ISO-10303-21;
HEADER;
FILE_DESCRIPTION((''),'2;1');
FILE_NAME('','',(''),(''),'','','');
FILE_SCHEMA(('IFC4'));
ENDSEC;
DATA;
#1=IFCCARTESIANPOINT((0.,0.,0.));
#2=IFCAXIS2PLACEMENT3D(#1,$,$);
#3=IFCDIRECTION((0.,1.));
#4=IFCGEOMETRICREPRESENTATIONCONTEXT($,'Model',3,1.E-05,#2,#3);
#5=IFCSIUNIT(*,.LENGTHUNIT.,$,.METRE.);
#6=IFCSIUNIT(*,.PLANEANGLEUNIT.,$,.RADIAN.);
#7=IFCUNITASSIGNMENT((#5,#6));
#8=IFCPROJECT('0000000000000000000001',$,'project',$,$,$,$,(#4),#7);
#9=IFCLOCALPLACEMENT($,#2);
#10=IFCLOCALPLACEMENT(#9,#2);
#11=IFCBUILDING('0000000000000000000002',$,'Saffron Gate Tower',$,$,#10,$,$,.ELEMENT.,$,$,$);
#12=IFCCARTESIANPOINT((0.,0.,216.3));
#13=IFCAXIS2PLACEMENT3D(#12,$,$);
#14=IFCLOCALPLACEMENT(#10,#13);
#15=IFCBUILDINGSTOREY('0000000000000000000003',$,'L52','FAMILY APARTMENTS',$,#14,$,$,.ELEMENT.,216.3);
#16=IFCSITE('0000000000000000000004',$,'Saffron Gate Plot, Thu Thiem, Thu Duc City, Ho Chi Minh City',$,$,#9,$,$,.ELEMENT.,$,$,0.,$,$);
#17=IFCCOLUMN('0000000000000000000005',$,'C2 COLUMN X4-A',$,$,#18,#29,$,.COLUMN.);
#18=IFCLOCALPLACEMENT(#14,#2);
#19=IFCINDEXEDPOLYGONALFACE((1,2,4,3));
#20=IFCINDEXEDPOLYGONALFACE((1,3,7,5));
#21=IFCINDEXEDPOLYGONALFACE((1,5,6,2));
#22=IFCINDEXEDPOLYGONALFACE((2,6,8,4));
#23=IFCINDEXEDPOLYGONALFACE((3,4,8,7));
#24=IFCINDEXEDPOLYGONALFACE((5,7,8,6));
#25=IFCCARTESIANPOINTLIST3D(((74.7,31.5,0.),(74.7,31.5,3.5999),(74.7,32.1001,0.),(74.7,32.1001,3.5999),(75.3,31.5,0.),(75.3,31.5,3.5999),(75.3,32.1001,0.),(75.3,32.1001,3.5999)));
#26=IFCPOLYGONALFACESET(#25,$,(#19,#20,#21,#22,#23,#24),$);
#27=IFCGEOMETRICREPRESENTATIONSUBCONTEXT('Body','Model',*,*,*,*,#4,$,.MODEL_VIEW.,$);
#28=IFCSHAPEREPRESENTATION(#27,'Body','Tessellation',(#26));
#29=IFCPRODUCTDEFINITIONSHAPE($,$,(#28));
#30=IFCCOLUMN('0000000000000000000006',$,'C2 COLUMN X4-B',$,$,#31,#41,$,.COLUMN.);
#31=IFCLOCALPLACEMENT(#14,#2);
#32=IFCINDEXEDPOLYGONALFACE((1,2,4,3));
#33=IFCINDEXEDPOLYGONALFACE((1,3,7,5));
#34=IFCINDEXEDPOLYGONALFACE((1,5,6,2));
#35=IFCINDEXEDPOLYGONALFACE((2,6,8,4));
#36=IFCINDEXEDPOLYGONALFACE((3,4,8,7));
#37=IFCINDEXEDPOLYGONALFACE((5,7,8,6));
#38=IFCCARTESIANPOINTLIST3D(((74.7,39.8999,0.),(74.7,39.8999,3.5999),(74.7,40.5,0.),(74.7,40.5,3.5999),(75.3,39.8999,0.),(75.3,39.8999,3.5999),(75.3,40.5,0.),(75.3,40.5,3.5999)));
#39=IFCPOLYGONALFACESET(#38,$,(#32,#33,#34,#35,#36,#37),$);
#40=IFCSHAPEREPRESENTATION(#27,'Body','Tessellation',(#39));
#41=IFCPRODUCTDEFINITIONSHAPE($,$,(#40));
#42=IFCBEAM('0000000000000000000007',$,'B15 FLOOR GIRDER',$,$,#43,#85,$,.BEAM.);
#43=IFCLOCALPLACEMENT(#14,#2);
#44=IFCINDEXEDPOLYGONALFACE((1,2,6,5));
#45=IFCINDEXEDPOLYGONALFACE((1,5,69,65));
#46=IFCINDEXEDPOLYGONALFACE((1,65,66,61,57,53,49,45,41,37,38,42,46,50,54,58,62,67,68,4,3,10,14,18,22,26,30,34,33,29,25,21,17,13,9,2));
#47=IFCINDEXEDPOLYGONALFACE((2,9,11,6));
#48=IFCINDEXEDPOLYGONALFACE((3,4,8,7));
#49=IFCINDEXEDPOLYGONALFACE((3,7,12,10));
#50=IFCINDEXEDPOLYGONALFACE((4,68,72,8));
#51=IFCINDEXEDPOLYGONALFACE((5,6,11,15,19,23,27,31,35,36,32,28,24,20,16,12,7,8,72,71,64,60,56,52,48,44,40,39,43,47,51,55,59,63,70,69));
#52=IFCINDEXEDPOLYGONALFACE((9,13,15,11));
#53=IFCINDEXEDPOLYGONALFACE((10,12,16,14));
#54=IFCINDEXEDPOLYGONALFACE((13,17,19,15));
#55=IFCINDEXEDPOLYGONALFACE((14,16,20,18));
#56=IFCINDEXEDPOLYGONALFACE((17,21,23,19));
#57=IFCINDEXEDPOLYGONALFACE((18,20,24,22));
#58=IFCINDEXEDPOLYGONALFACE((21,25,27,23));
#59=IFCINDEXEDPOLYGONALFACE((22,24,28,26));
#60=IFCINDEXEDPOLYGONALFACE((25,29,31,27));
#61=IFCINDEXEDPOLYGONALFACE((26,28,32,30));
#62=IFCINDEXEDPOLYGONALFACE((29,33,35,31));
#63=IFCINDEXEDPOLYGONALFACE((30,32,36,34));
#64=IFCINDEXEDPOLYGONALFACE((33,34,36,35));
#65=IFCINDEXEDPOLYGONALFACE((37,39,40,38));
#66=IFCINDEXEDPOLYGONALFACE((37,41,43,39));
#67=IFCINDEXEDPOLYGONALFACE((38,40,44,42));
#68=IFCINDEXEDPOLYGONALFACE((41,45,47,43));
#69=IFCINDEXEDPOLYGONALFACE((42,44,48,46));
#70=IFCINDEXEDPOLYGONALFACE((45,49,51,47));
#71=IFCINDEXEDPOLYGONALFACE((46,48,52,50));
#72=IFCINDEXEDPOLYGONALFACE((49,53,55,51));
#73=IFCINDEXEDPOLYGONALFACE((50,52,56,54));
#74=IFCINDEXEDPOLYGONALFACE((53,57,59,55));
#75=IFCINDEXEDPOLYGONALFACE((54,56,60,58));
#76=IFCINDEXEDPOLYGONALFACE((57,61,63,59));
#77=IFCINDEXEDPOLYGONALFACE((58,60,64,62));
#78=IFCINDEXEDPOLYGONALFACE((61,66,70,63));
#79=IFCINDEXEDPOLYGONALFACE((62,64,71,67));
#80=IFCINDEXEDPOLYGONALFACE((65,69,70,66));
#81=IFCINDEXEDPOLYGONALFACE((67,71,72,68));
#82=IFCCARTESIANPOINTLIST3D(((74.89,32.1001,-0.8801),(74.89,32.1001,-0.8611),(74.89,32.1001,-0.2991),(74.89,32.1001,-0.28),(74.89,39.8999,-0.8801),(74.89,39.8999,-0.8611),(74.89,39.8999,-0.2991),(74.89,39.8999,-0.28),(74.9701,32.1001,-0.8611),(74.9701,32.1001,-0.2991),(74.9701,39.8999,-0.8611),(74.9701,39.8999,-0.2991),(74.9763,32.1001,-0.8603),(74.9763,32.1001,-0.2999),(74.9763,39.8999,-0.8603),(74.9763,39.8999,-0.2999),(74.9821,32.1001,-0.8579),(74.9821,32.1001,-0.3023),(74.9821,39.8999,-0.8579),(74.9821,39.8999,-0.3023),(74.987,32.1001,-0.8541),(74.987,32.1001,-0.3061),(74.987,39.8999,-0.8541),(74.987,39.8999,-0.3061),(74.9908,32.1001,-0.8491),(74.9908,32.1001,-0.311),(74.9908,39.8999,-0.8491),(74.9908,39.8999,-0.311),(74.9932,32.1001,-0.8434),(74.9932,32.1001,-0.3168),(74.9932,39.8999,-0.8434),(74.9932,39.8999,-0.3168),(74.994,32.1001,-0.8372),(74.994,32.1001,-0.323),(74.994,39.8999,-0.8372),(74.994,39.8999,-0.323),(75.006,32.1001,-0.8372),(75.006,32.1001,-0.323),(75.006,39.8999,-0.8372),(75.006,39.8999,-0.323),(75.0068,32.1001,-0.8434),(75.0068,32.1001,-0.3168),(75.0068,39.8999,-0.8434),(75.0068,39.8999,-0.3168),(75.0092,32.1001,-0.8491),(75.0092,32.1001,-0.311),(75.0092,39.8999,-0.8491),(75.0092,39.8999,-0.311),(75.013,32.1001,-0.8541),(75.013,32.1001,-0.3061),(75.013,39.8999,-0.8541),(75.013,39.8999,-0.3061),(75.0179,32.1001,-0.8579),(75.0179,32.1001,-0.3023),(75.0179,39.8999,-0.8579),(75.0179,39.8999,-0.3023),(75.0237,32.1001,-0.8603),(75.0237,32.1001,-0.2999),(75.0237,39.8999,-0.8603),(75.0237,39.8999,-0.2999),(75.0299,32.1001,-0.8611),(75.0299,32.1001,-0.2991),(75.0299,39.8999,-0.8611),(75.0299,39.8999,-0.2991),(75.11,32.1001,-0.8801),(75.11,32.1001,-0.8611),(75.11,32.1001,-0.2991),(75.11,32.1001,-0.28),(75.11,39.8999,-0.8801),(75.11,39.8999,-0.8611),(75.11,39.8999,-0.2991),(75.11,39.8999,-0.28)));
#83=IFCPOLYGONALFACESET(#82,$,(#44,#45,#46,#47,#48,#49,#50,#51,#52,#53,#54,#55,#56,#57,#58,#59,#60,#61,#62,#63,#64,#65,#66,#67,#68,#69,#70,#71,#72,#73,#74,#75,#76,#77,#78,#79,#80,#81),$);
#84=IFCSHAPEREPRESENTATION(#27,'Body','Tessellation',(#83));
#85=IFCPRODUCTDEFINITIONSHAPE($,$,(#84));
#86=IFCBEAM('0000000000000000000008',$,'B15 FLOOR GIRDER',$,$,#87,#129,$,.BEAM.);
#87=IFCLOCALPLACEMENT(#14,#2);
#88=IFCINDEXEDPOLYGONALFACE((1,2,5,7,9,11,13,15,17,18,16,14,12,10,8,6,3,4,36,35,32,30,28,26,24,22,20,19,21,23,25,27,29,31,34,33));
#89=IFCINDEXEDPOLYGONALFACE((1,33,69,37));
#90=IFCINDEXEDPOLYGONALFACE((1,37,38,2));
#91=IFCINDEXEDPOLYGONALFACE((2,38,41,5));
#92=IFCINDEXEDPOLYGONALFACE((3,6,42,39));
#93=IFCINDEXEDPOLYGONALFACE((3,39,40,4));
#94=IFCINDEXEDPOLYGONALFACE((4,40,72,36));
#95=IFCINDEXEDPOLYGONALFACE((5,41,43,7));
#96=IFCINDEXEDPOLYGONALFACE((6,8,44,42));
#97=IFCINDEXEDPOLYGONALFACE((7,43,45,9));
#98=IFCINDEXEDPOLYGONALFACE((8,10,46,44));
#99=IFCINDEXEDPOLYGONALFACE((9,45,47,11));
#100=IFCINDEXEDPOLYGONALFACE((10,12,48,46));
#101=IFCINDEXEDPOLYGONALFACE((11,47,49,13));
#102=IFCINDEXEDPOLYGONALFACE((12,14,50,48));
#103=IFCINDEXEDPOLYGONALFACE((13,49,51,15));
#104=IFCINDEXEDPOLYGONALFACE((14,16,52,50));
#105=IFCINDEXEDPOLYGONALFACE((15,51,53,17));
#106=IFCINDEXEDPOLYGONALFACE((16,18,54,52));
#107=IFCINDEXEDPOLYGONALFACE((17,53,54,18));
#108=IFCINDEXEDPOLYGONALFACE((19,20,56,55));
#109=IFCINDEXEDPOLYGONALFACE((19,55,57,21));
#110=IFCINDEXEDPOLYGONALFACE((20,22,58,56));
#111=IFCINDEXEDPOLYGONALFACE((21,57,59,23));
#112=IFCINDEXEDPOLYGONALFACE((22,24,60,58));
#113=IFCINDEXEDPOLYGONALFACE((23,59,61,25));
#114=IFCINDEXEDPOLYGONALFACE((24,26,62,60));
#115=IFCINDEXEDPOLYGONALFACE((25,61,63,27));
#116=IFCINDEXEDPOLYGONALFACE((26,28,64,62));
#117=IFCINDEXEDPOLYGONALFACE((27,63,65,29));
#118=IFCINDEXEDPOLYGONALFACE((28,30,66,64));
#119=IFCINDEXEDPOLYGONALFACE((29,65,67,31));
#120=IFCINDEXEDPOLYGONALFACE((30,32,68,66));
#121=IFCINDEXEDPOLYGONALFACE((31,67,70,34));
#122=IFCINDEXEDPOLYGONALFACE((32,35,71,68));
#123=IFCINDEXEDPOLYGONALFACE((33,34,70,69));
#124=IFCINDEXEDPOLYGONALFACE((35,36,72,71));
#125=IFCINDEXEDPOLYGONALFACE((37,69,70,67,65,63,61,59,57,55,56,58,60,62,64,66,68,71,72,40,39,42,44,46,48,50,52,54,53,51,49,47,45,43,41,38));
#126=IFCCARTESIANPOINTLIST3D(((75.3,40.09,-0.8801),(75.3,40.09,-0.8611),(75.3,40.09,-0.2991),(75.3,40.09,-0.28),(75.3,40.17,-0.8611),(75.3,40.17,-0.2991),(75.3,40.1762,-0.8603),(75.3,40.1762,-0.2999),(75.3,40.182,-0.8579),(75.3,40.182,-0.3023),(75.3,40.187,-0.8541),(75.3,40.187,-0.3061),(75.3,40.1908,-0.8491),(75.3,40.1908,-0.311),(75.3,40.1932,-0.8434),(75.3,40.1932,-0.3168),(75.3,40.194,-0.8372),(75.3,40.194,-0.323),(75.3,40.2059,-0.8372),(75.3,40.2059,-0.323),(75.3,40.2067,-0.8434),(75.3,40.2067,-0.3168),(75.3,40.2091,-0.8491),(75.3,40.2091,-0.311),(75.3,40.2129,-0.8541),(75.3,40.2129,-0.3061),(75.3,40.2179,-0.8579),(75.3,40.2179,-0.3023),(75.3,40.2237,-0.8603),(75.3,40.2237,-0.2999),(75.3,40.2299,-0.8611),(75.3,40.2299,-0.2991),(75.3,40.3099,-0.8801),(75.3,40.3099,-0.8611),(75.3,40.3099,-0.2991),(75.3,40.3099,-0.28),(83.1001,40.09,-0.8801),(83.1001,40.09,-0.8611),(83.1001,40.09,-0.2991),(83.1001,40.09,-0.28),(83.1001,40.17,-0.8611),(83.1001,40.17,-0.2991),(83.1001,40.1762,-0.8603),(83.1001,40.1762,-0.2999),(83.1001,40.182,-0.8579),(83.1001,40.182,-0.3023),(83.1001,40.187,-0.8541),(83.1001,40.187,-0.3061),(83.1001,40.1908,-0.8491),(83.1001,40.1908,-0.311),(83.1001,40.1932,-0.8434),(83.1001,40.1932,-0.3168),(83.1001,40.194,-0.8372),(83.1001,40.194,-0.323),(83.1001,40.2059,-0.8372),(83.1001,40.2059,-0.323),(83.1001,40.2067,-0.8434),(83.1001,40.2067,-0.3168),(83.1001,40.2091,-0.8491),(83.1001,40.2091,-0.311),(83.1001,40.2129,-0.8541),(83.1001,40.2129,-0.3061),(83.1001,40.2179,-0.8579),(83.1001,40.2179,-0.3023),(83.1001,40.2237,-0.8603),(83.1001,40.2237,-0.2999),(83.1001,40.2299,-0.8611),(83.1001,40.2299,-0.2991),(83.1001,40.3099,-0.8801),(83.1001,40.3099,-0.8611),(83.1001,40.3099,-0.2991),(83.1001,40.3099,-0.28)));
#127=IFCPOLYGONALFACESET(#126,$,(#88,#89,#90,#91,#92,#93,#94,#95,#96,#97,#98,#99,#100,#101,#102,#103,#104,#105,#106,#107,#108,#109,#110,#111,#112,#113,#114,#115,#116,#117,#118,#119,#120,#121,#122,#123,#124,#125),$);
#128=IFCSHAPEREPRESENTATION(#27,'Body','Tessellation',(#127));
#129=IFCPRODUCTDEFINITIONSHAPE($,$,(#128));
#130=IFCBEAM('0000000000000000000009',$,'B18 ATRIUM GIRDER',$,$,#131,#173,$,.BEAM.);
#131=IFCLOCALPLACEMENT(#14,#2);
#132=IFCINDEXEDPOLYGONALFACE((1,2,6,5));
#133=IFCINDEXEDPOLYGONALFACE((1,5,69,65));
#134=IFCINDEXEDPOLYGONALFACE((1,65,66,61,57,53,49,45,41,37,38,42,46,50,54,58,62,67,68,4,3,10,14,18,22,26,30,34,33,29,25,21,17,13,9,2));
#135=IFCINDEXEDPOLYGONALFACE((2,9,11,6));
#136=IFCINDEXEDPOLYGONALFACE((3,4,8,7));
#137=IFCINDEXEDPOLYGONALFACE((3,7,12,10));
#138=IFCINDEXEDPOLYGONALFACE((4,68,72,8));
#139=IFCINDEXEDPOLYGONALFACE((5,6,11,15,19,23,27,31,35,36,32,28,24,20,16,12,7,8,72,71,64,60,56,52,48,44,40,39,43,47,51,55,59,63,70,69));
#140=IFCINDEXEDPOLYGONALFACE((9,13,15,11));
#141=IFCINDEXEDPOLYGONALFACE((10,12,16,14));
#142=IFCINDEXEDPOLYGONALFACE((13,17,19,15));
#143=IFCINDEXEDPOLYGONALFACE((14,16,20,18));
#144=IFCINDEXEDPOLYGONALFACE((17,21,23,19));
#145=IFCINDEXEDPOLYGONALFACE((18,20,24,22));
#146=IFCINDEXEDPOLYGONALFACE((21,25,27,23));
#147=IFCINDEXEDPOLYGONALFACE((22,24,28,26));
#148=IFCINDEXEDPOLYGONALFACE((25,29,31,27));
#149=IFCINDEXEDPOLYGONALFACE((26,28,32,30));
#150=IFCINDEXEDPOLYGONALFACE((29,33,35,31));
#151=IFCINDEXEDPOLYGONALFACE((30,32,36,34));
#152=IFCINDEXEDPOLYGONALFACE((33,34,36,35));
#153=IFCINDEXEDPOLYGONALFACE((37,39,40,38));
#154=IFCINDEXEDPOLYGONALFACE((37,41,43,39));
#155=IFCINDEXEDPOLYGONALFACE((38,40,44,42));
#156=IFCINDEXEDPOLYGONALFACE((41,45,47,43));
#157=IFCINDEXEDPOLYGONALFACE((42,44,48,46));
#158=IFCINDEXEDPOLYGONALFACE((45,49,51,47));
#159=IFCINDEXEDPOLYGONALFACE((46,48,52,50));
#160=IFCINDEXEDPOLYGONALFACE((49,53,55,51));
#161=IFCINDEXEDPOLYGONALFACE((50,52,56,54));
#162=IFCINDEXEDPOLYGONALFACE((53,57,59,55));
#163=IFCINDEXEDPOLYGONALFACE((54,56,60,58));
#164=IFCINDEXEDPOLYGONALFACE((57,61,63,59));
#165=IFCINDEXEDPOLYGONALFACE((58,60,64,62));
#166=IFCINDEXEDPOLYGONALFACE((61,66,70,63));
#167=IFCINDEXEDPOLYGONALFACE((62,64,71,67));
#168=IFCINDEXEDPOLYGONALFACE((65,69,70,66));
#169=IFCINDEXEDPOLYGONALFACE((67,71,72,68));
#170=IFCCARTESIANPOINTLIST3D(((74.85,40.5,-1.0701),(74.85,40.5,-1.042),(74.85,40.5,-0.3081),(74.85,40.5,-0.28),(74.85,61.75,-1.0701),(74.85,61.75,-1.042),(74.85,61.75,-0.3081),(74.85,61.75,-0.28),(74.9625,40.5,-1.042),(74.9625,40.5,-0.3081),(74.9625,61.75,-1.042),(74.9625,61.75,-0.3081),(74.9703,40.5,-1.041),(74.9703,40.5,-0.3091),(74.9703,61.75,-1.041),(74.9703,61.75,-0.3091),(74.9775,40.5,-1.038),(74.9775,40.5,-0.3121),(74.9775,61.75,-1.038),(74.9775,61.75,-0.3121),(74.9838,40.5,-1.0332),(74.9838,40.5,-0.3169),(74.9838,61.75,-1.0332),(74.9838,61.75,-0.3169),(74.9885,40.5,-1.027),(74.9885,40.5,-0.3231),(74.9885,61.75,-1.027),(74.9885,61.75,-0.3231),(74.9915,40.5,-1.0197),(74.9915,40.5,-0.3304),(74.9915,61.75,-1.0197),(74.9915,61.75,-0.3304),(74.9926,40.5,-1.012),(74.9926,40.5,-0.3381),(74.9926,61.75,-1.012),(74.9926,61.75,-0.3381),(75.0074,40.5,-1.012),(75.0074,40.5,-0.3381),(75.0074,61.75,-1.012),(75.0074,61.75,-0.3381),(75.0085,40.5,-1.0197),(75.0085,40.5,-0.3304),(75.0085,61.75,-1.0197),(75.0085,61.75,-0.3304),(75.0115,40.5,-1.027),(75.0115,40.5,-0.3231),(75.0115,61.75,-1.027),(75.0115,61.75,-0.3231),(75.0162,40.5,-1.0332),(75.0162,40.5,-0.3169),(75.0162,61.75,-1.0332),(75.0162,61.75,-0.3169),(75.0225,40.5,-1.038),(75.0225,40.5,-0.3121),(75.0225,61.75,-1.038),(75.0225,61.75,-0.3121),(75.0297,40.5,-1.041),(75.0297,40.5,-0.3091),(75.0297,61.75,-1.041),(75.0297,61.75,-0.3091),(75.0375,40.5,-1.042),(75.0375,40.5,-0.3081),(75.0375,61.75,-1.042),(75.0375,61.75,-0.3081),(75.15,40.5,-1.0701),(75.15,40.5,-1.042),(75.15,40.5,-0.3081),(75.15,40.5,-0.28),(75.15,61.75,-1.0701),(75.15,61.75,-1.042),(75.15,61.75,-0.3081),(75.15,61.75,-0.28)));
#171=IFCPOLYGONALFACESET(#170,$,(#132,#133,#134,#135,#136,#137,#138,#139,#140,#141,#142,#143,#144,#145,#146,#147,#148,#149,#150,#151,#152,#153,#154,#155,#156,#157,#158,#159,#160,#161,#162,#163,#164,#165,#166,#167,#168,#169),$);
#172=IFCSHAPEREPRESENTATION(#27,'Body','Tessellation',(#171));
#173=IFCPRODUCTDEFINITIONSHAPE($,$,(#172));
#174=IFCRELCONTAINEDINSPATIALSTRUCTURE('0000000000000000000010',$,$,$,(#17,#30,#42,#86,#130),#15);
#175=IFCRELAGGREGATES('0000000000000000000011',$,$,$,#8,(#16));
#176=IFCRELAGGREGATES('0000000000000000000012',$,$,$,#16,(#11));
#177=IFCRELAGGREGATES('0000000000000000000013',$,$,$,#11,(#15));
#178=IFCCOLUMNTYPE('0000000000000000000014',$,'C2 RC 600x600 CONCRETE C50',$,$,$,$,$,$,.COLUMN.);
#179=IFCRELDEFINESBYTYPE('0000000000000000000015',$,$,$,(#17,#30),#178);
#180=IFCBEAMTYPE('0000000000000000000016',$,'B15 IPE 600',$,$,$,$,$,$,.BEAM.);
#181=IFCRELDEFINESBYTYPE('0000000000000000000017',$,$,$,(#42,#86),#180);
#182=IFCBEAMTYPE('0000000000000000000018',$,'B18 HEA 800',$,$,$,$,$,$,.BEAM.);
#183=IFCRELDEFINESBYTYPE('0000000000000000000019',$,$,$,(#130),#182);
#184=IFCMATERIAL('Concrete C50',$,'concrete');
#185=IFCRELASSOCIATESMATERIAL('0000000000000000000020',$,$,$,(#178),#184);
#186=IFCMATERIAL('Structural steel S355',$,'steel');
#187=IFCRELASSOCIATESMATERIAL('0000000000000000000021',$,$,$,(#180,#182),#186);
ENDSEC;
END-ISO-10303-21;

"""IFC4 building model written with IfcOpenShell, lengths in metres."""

from ifc_helpers import new_model, si_unit, direction, frame, origin, origin_2d, place, context, subcontext, project, spatial, rectangle, i_section, extrude, material, material_profile, profile_set, type_object, element, save


model = new_model("IFC4")

# Units and contexts
model_context = context("Model", 3, precision=1e-05, world=origin(), true_north=direction((0.0, 1.0)))
body_context = subcontext(model_context, "Body", "Model", "MODEL_VIEW")
ifc_project = project(units=[si_unit("LENGTHUNIT", "METRE"), si_unit("PLANEANGLEUNIT", "RADIAN")], contexts=[model_context])

# Site, building, storey
site_placement = place(None, origin())
site = spatial("IfcSite", under=ifc_project, at=site_placement, Name="Saffron Gate Plot, Thu Thiem, Thu Duc City, Ho Chi Minh City", CompositionType="ELEMENT", RefElevation=0.0)
building_placement = place(site_placement, origin())
building = spatial("IfcBuilding", under=site, at=building_placement, Name="Saffron Gate Tower", CompositionType="ELEMENT")
storey_placement = place(building_placement, frame((0.0, 0.0, 216.3)))
storey = spatial("IfcBuildingStorey", under=building, at=storey_placement, Name="L52", Description="FAMILY APARTMENTS", CompositionType="ELEMENT", Elevation=216.3)

# Columns
ifc_material_1 = material(Name="Concrete C50", Category="concrete")
ifc_material_profile_1 = material_profile(ifc_material_1, rectangle(XDim=0.6001, YDim=0.6001, at=origin_2d()))
ifc_profile_set_1 = profile_set([ifc_material_profile_1], Name="Concrete C50")
column_type = type_object("IfcColumnType", Name="C2 RC 600x600 CONCRETE C50", PredefinedType="COLUMN", material=ifc_profile_set_1)
for number, where, z_axis, x_axis, name in (
    (1, (75.0, 31.8, 0.0), (0.0, 0.0, 1.0), (1.0, 0.0, 0.0), "C2 COLUMN X4-A"),
    (2, (75.0, 40.2, 0.0), (0.0, 0.0, 1.0), (1.0, 0.0, 0.0), "C2 COLUMN X4-B"),
):
    element("IfcColumn", number, at=place(storey_placement, frame(where, z_axis=z_axis, x_axis=x_axis)), inside=storey, type_object=column_type, Name=name, PredefinedType="COLUMN", context=body_context, shape_type="SweptSolid", body=[
        extrude(rectangle(XDim=0.6001, YDim=0.6001, at=origin_2d()), origin(), (0.0, 0.0, 1.0), 3.5999),
    ])

# Beams
ifc_material_2 = material(Name="Structural steel S355", Category="steel")
ifc_material_profile_2 = material_profile(ifc_material_2, i_section(OverallWidth=0.22, OverallDepth=0.6001, WebThickness=0.012, FlangeThickness=0.019, FilletRadius=0.0239, at=origin_2d()))
ifc_profile_set_2 = profile_set([ifc_material_profile_2], Name="Structural steel S355")
beam_type_1 = type_object("IfcBeamType", Name="B15 IPE 600", PredefinedType="BEAM", material=ifc_profile_set_2)
beam_1_placement = place(storey_placement, frame((75.0, 32.1001, -0.5801), z_axis=(0.0, 1.0, 0.0), x_axis=(-1.0, 0.0, 0.0)))
element("IfcBeam", 3, at=beam_1_placement, inside=storey, type_object=beam_type_1, Name="B15 FLOOR GIRDER", PredefinedType="BEAM", context=body_context, shape_type="SweptSolid", body=[
    extrude(i_section(OverallWidth=0.22, OverallDepth=0.6001, WebThickness=0.012, FlangeThickness=0.019, FilletRadius=0.0239, at=origin_2d()), origin(), (0.0, 0.0, 1.0), 7.7998),
])
beam_2_placement = place(storey_placement, frame((75.3, 40.2, -0.5801), z_axis=(1.0, 0.0, 0.0), x_axis=(0.0, 1.0, 0.0)))
element("IfcBeam", 4, at=beam_2_placement, inside=storey, type_object=beam_type_1, Name="B15 FLOOR GIRDER", PredefinedType="BEAM", context=body_context, shape_type="SweptSolid", body=[
    extrude(i_section(OverallWidth=0.22, OverallDepth=0.6001, WebThickness=0.012, FlangeThickness=0.019, FilletRadius=0.0239, at=origin_2d()), origin(), (0.0, 0.0, 1.0), 7.8),
])
ifc_material_profile_3 = material_profile(ifc_material_2, i_section(OverallWidth=0.3, OverallDepth=0.79, WebThickness=0.0149, FlangeThickness=0.0281, FilletRadius=0.03, at=origin_2d()))
ifc_profile_set_3 = profile_set([ifc_material_profile_3], Name="Structural steel S355")
beam_type_2 = type_object("IfcBeamType", Name="B18 HEA 800", PredefinedType="BEAM", material=ifc_profile_set_3)
beam_3_placement = place(storey_placement, frame((75.0, 40.5, -0.675), z_axis=(0.0, 1.0, 0.0), x_axis=(-1.0, 0.0, 0.0)))
element("IfcBeam", 5, at=beam_3_placement, inside=storey, type_object=beam_type_2, Name="B18 ATRIUM GIRDER", PredefinedType="BEAM", context=body_context, shape_type="SweptSolid", body=[
    extrude(i_section(OverallWidth=0.3, OverallDepth=0.79, WebThickness=0.0149, FlangeThickness=0.0281, FilletRadius=0.03, at=origin_2d()), origin(), (0.0, 0.0, 1.0), 21.25),
])

save(model, "model.ifc")
